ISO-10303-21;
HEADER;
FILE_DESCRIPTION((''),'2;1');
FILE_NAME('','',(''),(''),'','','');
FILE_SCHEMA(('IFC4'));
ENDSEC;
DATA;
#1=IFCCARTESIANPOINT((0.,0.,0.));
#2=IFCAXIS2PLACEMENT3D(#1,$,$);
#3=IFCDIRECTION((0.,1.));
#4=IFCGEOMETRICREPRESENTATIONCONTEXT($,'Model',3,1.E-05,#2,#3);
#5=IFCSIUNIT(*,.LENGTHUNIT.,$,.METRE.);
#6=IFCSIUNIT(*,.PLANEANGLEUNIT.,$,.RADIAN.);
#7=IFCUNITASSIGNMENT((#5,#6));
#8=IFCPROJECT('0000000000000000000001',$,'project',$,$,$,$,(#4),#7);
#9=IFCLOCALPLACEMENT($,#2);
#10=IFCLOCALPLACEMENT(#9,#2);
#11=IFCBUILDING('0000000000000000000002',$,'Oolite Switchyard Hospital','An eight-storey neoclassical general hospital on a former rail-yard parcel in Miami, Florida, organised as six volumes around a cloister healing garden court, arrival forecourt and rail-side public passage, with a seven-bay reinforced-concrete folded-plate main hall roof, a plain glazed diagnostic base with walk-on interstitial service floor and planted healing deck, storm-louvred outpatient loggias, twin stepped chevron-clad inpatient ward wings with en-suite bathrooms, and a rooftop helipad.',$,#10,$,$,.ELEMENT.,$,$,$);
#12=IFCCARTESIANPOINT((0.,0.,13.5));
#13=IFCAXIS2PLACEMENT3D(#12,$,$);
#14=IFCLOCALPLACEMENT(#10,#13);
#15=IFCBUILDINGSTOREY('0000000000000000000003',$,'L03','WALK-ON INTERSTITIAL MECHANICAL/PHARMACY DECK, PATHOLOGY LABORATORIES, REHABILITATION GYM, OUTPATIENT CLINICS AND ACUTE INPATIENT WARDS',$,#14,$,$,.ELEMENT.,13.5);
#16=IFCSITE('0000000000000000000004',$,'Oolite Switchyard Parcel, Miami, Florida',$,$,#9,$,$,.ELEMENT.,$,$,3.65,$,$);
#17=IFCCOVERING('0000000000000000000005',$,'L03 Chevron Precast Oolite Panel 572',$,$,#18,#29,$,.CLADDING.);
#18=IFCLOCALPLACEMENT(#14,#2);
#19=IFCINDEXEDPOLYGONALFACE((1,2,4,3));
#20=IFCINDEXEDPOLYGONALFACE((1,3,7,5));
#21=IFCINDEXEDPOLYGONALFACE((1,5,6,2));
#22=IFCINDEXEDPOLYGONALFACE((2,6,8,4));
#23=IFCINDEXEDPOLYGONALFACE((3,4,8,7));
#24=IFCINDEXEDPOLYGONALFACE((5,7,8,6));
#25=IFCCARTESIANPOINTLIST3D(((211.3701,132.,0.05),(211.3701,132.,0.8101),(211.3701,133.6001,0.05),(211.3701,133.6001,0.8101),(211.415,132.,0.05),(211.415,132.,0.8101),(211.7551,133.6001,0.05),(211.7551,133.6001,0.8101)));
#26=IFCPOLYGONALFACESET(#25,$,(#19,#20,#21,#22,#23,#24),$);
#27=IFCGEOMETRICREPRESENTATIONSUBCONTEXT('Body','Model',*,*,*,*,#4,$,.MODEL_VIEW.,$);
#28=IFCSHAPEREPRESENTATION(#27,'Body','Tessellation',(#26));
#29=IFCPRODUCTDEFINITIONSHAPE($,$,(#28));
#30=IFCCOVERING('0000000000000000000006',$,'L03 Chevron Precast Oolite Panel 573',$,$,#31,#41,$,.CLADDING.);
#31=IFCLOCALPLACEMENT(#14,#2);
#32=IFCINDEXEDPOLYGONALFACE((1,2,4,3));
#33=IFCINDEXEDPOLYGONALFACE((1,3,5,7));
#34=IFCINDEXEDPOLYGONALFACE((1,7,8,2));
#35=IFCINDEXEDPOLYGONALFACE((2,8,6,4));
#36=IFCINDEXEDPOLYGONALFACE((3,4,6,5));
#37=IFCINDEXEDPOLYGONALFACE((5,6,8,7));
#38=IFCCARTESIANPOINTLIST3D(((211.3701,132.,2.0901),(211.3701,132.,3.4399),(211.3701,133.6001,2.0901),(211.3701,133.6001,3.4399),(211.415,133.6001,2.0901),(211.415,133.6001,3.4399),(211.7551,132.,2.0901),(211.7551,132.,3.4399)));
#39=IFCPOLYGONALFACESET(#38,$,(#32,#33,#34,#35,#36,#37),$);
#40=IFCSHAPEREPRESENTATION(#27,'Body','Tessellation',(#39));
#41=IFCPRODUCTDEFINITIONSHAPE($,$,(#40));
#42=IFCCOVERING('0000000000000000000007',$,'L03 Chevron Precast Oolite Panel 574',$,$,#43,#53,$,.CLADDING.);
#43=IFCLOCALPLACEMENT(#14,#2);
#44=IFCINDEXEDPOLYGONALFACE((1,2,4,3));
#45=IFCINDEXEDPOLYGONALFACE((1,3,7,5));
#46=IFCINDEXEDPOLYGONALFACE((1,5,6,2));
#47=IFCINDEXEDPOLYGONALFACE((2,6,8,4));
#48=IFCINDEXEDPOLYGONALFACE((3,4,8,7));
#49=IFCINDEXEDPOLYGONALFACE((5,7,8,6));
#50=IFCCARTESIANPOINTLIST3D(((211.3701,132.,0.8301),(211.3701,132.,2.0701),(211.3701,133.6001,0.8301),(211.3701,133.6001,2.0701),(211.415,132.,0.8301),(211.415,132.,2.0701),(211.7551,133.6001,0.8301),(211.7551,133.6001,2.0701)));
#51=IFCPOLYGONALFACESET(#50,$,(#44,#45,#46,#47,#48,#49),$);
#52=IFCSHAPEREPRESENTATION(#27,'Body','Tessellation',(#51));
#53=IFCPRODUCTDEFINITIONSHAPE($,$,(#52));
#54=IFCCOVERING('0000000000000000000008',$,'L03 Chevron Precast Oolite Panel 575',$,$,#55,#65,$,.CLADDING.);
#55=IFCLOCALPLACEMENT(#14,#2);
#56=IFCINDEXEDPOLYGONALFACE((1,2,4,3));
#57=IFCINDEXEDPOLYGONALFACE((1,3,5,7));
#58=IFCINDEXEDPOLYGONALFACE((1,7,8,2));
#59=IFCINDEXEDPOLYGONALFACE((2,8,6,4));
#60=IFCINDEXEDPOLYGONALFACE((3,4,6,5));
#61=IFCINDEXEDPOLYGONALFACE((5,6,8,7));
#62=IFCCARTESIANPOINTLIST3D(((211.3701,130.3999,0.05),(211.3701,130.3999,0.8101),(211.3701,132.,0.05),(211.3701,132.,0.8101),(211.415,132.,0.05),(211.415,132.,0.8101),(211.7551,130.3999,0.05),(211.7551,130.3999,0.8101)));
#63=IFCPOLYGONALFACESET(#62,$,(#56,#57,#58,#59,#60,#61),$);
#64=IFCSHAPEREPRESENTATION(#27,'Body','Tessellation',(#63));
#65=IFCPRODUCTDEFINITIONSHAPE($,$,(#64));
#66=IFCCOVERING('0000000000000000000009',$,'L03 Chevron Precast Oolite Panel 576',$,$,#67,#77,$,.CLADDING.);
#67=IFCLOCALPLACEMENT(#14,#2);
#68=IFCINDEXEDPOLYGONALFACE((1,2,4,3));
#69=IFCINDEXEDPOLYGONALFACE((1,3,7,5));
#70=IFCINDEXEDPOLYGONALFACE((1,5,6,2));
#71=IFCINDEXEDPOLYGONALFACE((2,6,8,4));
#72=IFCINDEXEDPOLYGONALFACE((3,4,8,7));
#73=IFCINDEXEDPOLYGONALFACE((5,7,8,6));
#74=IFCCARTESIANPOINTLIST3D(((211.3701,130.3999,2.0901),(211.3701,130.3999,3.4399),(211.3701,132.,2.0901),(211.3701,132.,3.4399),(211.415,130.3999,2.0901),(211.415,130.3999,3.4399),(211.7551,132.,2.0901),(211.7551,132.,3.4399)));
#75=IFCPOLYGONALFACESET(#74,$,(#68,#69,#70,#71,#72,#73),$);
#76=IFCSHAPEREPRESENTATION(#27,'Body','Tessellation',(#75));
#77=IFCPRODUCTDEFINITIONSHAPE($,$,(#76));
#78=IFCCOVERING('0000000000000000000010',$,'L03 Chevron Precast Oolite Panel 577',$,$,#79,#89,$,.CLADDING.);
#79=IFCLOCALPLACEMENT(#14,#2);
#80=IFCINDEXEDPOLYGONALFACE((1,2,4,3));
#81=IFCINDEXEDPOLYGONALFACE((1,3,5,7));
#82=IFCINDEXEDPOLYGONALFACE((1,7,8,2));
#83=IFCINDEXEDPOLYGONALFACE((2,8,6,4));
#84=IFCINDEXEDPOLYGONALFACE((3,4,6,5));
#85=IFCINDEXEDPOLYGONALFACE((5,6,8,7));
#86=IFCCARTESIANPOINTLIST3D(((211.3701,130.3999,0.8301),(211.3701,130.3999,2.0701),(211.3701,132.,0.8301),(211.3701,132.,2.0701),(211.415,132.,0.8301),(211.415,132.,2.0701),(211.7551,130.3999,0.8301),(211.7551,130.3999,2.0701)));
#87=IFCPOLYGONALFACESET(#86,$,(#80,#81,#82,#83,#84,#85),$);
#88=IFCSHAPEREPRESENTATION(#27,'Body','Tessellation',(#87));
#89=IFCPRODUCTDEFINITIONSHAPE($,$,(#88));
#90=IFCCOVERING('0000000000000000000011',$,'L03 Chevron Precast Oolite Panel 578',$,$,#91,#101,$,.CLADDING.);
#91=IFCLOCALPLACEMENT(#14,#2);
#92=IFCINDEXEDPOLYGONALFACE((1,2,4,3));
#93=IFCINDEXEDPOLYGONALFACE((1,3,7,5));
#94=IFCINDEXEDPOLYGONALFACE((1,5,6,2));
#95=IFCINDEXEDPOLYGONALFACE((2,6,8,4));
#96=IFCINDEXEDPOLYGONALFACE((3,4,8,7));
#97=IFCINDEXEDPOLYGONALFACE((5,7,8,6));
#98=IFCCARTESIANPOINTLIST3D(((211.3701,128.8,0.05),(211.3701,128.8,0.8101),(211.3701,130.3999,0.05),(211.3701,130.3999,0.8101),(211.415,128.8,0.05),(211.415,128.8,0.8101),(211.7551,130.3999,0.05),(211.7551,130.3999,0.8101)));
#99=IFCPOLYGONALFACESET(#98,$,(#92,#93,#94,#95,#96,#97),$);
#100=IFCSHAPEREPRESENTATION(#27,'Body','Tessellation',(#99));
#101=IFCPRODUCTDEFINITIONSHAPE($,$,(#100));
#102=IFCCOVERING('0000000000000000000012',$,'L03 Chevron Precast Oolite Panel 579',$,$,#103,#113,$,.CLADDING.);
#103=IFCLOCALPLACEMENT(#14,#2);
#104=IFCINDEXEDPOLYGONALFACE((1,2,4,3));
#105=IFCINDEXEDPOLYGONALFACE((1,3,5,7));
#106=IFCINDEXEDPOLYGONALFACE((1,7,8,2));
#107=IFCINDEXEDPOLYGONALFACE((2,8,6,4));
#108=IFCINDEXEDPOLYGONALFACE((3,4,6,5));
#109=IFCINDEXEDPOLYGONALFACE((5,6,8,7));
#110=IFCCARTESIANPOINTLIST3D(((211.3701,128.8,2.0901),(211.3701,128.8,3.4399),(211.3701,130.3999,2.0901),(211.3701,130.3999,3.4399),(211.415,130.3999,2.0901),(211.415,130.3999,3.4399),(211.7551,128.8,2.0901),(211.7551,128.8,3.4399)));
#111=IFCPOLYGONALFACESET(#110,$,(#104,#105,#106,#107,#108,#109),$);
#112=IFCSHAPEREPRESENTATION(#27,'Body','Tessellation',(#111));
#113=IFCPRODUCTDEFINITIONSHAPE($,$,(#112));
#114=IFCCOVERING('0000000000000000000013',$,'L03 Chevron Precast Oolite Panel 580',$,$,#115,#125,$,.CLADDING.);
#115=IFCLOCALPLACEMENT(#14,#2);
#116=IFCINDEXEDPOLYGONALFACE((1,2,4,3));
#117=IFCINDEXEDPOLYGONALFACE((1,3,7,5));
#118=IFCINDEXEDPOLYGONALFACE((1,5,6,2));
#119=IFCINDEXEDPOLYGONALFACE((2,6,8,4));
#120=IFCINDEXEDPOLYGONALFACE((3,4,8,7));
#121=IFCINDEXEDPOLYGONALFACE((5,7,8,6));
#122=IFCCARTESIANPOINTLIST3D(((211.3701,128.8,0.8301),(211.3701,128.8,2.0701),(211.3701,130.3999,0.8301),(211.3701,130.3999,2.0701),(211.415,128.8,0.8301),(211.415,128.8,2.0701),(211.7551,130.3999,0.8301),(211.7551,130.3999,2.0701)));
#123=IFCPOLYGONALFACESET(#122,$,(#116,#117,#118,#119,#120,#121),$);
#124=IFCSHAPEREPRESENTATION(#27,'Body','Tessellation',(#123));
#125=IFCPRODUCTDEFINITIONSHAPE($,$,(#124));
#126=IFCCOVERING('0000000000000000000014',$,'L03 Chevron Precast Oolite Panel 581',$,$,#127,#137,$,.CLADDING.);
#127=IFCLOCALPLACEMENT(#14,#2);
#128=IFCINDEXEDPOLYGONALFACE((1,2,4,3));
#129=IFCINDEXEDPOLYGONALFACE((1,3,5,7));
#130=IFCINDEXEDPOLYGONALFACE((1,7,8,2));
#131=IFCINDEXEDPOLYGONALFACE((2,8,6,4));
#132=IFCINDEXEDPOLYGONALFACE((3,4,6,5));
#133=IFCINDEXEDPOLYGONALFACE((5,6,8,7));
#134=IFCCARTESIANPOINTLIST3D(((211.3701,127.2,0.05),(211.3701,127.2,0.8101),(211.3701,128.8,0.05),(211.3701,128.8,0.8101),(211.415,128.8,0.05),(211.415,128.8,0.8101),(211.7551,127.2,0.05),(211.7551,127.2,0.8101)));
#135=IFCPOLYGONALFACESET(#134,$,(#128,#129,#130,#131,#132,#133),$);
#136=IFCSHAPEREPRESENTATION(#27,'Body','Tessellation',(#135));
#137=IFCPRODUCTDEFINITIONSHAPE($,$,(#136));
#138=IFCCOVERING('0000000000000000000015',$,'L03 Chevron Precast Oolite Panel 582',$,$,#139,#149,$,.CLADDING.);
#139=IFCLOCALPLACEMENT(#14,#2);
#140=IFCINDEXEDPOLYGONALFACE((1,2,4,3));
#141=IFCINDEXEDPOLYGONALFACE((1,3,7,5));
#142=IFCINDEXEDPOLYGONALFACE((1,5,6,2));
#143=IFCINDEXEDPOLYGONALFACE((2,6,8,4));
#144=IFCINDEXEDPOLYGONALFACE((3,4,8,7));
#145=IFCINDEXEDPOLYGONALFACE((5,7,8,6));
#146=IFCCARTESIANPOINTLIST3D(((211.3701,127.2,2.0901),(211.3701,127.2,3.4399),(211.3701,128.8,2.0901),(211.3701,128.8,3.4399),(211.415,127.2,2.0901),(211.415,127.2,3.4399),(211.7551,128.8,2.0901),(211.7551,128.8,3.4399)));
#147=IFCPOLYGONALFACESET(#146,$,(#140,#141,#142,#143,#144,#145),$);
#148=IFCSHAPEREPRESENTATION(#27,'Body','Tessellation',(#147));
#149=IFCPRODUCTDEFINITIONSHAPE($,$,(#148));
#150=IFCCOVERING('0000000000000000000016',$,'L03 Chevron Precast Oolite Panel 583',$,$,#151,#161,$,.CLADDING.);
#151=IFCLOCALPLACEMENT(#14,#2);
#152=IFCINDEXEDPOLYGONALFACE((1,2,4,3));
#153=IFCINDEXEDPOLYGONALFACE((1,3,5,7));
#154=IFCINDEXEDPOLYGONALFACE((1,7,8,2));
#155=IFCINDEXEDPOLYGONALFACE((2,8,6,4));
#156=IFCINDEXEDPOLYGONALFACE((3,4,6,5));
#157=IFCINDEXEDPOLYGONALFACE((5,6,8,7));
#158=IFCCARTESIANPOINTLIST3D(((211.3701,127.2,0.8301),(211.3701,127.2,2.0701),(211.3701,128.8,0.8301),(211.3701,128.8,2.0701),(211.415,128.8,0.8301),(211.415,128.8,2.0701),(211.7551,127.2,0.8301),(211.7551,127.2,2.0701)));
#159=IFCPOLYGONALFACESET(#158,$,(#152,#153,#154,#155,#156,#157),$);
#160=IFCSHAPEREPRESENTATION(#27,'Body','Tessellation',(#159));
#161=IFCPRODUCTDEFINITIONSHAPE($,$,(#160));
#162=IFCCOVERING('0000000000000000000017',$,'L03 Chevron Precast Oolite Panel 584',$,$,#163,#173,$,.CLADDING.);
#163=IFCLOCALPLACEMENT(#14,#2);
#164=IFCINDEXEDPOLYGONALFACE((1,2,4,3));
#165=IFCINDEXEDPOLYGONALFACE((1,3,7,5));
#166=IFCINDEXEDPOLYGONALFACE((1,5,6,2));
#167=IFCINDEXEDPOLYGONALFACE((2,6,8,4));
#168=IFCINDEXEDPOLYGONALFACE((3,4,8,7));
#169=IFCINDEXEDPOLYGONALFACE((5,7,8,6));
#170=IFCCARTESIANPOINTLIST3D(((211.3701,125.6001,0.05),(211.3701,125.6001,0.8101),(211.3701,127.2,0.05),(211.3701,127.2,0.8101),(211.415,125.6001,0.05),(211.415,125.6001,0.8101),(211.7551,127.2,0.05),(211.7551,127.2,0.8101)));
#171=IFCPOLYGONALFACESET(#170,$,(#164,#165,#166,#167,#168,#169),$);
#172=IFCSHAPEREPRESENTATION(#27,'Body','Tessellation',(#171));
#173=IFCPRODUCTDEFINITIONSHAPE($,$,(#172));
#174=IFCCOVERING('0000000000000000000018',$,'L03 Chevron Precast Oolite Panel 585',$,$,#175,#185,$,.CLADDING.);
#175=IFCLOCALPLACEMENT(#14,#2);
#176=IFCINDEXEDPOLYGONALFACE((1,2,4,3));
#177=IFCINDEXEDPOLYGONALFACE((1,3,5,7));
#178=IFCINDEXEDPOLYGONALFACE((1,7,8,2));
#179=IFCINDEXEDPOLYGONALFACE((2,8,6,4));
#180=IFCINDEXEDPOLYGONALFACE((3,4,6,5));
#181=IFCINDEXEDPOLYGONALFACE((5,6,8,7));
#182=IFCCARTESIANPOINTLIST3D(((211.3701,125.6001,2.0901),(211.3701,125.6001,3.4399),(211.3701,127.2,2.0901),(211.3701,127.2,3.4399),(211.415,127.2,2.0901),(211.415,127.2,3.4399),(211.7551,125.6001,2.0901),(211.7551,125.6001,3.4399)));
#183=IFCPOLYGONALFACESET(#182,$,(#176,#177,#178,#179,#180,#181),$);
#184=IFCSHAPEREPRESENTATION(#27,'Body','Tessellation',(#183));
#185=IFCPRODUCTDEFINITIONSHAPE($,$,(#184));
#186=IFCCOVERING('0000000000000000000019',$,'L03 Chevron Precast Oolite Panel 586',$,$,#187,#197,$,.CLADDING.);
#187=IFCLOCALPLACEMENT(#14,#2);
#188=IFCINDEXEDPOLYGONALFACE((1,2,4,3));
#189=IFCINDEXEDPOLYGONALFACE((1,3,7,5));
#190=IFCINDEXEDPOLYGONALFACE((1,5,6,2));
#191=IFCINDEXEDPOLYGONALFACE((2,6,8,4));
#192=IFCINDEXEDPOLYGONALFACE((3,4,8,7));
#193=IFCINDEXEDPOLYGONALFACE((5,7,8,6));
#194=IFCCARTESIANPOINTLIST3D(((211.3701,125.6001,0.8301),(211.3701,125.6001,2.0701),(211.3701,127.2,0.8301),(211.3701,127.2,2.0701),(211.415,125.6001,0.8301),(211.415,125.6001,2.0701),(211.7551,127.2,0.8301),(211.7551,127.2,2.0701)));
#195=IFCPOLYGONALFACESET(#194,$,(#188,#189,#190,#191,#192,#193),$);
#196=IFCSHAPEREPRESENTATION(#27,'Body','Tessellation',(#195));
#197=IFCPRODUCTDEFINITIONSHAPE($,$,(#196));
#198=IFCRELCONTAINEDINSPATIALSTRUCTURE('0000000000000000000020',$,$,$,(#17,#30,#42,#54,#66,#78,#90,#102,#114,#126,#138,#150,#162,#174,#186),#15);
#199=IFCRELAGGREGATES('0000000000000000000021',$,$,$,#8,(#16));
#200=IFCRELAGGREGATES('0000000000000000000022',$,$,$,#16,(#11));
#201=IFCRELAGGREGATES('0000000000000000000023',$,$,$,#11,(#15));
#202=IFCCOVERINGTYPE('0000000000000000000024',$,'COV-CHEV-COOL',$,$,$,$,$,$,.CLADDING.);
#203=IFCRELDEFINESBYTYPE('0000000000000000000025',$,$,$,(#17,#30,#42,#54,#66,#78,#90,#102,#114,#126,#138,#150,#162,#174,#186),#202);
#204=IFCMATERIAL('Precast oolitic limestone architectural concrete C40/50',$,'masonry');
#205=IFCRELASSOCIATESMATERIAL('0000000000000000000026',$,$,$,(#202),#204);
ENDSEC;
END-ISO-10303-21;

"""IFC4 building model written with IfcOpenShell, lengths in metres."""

from ifc_helpers import new_model, si_unit, direction, frame, origin, place, context, subcontext, project, spatial, polyline, outline, extrude, material, type_object, element, save


model = new_model("IFC4")

# Units and contexts
model_context = context("Model", 3, precision=1e-05, world=origin(), true_north=direction((0.0, 1.0)))
body_context = subcontext(model_context, "Body", "Model", "MODEL_VIEW")
ifc_project = project(units=[si_unit("LENGTHUNIT", "METRE"), si_unit("PLANEANGLEUNIT", "RADIAN")], contexts=[model_context])

# Site, building, storey
site_placement = place(None, origin())
site = spatial("IfcSite", under=ifc_project, at=site_placement, Name="Oolite Switchyard Parcel, Miami, Florida", CompositionType="ELEMENT", RefElevation=3.65)
building_placement = place(site_placement, origin())
building = spatial("IfcBuilding", under=site, at=building_placement, Name="Oolite Switchyard Hospital", Description="An eight-storey neoclassical general hospital on a former rail-yard parcel in Miami, Florida, organised as six volumes around a cloister healing garden court, arrival forecourt and rail-side public passage, with a seven-bay reinforced-concrete folded-plate main hall roof, a plain glazed diagnostic base with walk-on interstitial service floor and planted healing deck, storm-louvred outpatient loggias, twin stepped chevron-clad inpatient ward wings with en-suite bathrooms, and a rooftop helipad.", CompositionType="ELEMENT")
storey_placement = place(building_placement, frame((0.0, 0.0, 13.5)))
storey = spatial("IfcBuildingStorey", under=building, at=storey_placement, Name="L03", Description="WALK-ON INTERSTITIAL MECHANICAL/PHARMACY DECK, PATHOLOGY LABORATORIES, REHABILITATION GYM, OUTPATIENT CLINICS AND ACUTE INPATIENT WARDS", CompositionType="ELEMENT", Elevation=13.5)

# Shared definitions
ifc_material_1 = material(Name="Precast oolitic limestone architectural concrete C40/50", Category="masonry")

# Coverings
covering_type = type_object("IfcCoveringType", Name="COV-CHEV-COOL", PredefinedType="CLADDING", material=ifc_material_1)
covering_1_placement = place(storey_placement, frame((211.3701, 133.6001, 0.05), z_axis=(0.0, 0.0, 1.0), x_axis=(0.0, -1.0, 0.0)))
element("IfcCovering", 1, at=covering_1_placement, inside=storey, type_object=covering_type, Name="L03 Chevron Precast Oolite Panel 572", PredefinedType="CLADDING", context=body_context, shape_type="SweptSolid", body=[
    extrude(outline(polyline([(0.0, 0.0), (1.6001, 0.0), (1.6001, 0.0449), (0.0, 0.385), (0.0, 0.0)])), origin(), (0.0, 0.0, 1.0), 0.76),
])
covering_2_placement = place(storey_placement, frame((211.3701, 133.6001, 2.0901), z_axis=(0.0, 0.0, 1.0), x_axis=(0.0, -1.0, 0.0)))
element("IfcCovering", 2, at=covering_2_placement, inside=storey, type_object=covering_type, Name="L03 Chevron Precast Oolite Panel 573", PredefinedType="CLADDING", context=body_context, shape_type="SweptSolid", body=[
    extrude(outline(polyline([(0.0, 0.0), (1.6001, 0.0), (1.6001, 0.385), (0.0, 0.0449), (0.0, 0.0)])), origin(), (0.0, 0.0, 1.0), 1.3499),
])
covering_3_placement = place(storey_placement, frame((211.3701, 133.6001, 0.8301), z_axis=(0.0, 0.0, 1.0), x_axis=(0.0, -1.0, 0.0)))
element("IfcCovering", 3, at=covering_3_placement, inside=storey, type_object=covering_type, Name="L03 Chevron Precast Oolite Panel 574", PredefinedType="CLADDING", context=body_context, shape_type="SweptSolid", body=[
    extrude(outline(polyline([(0.0, 0.0), (1.6001, 0.0), (1.6001, 0.0449), (0.0, 0.385), (0.0, 0.0)])), origin(), (0.0, 0.0, 1.0), 1.24),
])
covering_4_placement = place(storey_placement, frame((211.3701, 132.0, 0.05), z_axis=(0.0, 0.0, 1.0), x_axis=(0.0, -1.0, 0.0)))
element("IfcCovering", 4, at=covering_4_placement, inside=storey, type_object=covering_type, Name="L03 Chevron Precast Oolite Panel 575", PredefinedType="CLADDING", context=body_context, shape_type="SweptSolid", body=[
    extrude(outline(polyline([(0.0, 0.0), (1.6001, 0.0), (1.6001, 0.385), (0.0, 0.0449), (0.0, 0.0)])), origin(), (0.0, 0.0, 1.0), 0.76),
])
covering_5_placement = place(storey_placement, frame((211.3701, 132.0, 2.0901), z_axis=(0.0, 0.0, 1.0), x_axis=(0.0, -1.0, 0.0)))
element("IfcCovering", 5, at=covering_5_placement, inside=storey, type_object=covering_type, Name="L03 Chevron Precast Oolite Panel 576", PredefinedType="CLADDING", context=body_context, shape_type="SweptSolid", body=[
    extrude(outline(polyline([(0.0, 0.0), (1.6001, 0.0), (1.6001, 0.0449), (0.0, 0.385), (0.0, 0.0)])), origin(), (0.0, 0.0, 1.0), 1.3499),
])
covering_6_placement = place(storey_placement, frame((211.3701, 132.0, 0.8301), z_axis=(0.0, 0.0, 1.0), x_axis=(0.0, -1.0, 0.0)))
element("IfcCovering", 6, at=covering_6_placement, inside=storey, type_object=covering_type, Name="L03 Chevron Precast Oolite Panel 577", PredefinedType="CLADDING", context=body_context, shape_type="SweptSolid", body=[
    extrude(outline(polyline([(0.0, 0.0), (1.6001, 0.0), (1.6001, 0.385), (0.0, 0.0449), (0.0, 0.0)])), origin(), (0.0, 0.0, 1.0), 1.24),
])
covering_7_placement = place(storey_placement, frame((211.3701, 130.3999, 0.05), z_axis=(0.0, 0.0, 1.0), x_axis=(0.0, -1.0, 0.0)))
element("IfcCovering", 7, at=covering_7_placement, inside=storey, type_object=covering_type, Name="L03 Chevron Precast Oolite Panel 578", PredefinedType="CLADDING", context=body_context, shape_type="SweptSolid", body=[
    extrude(outline(polyline([(0.0, 0.0), (1.5999, 0.0), (1.5999, 0.0449), (0.0, 0.385), (0.0, 0.0)])), origin(), (0.0, 0.0, 1.0), 0.76),
])
covering_8_placement = place(storey_placement, frame((211.3701, 130.3999, 2.0901), z_axis=(0.0, 0.0, 1.0), x_axis=(0.0, -1.0, 0.0)))
element("IfcCovering", 8, at=covering_8_placement, inside=storey, type_object=covering_type, Name="L03 Chevron Precast Oolite Panel 579", PredefinedType="CLADDING", context=body_context, shape_type="SweptSolid", body=[
    extrude(outline(polyline([(0.0, 0.0), (1.5999, 0.0), (1.5999, 0.385), (0.0, 0.0449), (0.0, 0.0)])), origin(), (0.0, 0.0, 1.0), 1.3499),
])
covering_9_placement = place(storey_placement, frame((211.3701, 130.3999, 0.8301), z_axis=(0.0, 0.0, 1.0), x_axis=(0.0, -1.0, 0.0)))
element("IfcCovering", 9, at=covering_9_placement, inside=storey, type_object=covering_type, Name="L03 Chevron Precast Oolite Panel 580", PredefinedType="CLADDING", context=body_context, shape_type="SweptSolid", body=[
    extrude(outline(polyline([(0.0, 0.0), (1.5999, 0.0), (1.5999, 0.0449), (0.0, 0.385), (0.0, 0.0)])), origin(), (0.0, 0.0, 1.0), 1.24),
])
covering_10_placement = place(storey_placement, frame((211.3701, 128.8, 0.05), z_axis=(0.0, 0.0, 1.0), x_axis=(0.0, -1.0, 0.0)))
element("IfcCovering", 10, at=covering_10_placement, inside=storey, type_object=covering_type, Name="L03 Chevron Precast Oolite Panel 581", PredefinedType="CLADDING", context=body_context, shape_type="SweptSolid", body=[
    extrude(outline(polyline([(0.0, 0.0), (1.6001, 0.0), (1.6001, 0.385), (0.0, 0.0449), (0.0, 0.0)])), origin(), (0.0, 0.0, 1.0), 0.76),
])
covering_11_placement = place(storey_placement, frame((211.3701, 128.8, 2.0901), z_axis=(0.0, 0.0, 1.0), x_axis=(0.0, -1.0, 0.0)))
element("IfcCovering", 11, at=covering_11_placement, inside=storey, type_object=covering_type, Name="L03 Chevron Precast Oolite Panel 582", PredefinedType="CLADDING", context=body_context, shape_type="SweptSolid", body=[
    extrude(outline(polyline([(0.0, 0.0), (1.6001, 0.0), (1.6001, 0.0449), (0.0, 0.385), (0.0, 0.0)])), origin(), (0.0, 0.0, 1.0), 1.3499),
])
covering_12_placement = place(storey_placement, frame((211.3701, 128.8, 0.8301), z_axis=(0.0, 0.0, 1.0), x_axis=(0.0, -1.0, 0.0)))
element("IfcCovering", 12, at=covering_12_placement, inside=storey, type_object=covering_type, Name="L03 Chevron Precast Oolite Panel 583", PredefinedType="CLADDING", context=body_context, shape_type="SweptSolid", body=[
    extrude(outline(polyline([(0.0, 0.0), (1.6001, 0.0), (1.6001, 0.385), (0.0, 0.0449), (0.0, 0.0)])), origin(), (0.0, 0.0, 1.0), 1.24),
])
covering_13_placement = place(storey_placement, frame((211.3701, 127.2, 0.05), z_axis=(0.0, 0.0, 1.0), x_axis=(0.0, -1.0, 0.0)))
element("IfcCovering", 13, at=covering_13_placement, inside=storey, type_object=covering_type, Name="L03 Chevron Precast Oolite Panel 584", PredefinedType="CLADDING", context=body_context, shape_type="SweptSolid", body=[
    extrude(outline(polyline([(0.0, 0.0), (1.5999, 0.0), (1.5999, 0.0449), (0.0, 0.385), (0.0, 0.0)])), origin(), (0.0, 0.0, 1.0), 0.76),
])
covering_14_placement = place(storey_placement, frame((211.3701, 127.2, 2.0901), z_axis=(0.0, 0.0, 1.0), x_axis=(0.0, -1.0, 0.0)))
element("IfcCovering", 14, at=covering_14_placement, inside=storey, type_object=covering_type, Name="L03 Chevron Precast Oolite Panel 585", PredefinedType="CLADDING", context=body_context, shape_type="SweptSolid", body=[
    extrude(outline(polyline([(0.0, 0.0), (1.5999, 0.0), (1.5999, 0.385), (0.0, 0.0449), (0.0, 0.0)])), origin(), (0.0, 0.0, 1.0), 1.3499),
])
covering_15_placement = place(storey_placement, frame((211.3701, 127.2, 0.8301), z_axis=(0.0, 0.0, 1.0), x_axis=(0.0, -1.0, 0.0)))
element("IfcCovering", 15, at=covering_15_placement, inside=storey, type_object=covering_type, Name="L03 Chevron Precast Oolite Panel 586", PredefinedType="CLADDING", context=body_context, shape_type="SweptSolid", body=[
    extrude(outline(polyline([(0.0, 0.0), (1.5999, 0.0), (1.5999, 0.0449), (0.0, 0.385), (0.0, 0.0)])), origin(), (0.0, 0.0, 1.0), 1.24),
])

save(model, "model.ifc")
